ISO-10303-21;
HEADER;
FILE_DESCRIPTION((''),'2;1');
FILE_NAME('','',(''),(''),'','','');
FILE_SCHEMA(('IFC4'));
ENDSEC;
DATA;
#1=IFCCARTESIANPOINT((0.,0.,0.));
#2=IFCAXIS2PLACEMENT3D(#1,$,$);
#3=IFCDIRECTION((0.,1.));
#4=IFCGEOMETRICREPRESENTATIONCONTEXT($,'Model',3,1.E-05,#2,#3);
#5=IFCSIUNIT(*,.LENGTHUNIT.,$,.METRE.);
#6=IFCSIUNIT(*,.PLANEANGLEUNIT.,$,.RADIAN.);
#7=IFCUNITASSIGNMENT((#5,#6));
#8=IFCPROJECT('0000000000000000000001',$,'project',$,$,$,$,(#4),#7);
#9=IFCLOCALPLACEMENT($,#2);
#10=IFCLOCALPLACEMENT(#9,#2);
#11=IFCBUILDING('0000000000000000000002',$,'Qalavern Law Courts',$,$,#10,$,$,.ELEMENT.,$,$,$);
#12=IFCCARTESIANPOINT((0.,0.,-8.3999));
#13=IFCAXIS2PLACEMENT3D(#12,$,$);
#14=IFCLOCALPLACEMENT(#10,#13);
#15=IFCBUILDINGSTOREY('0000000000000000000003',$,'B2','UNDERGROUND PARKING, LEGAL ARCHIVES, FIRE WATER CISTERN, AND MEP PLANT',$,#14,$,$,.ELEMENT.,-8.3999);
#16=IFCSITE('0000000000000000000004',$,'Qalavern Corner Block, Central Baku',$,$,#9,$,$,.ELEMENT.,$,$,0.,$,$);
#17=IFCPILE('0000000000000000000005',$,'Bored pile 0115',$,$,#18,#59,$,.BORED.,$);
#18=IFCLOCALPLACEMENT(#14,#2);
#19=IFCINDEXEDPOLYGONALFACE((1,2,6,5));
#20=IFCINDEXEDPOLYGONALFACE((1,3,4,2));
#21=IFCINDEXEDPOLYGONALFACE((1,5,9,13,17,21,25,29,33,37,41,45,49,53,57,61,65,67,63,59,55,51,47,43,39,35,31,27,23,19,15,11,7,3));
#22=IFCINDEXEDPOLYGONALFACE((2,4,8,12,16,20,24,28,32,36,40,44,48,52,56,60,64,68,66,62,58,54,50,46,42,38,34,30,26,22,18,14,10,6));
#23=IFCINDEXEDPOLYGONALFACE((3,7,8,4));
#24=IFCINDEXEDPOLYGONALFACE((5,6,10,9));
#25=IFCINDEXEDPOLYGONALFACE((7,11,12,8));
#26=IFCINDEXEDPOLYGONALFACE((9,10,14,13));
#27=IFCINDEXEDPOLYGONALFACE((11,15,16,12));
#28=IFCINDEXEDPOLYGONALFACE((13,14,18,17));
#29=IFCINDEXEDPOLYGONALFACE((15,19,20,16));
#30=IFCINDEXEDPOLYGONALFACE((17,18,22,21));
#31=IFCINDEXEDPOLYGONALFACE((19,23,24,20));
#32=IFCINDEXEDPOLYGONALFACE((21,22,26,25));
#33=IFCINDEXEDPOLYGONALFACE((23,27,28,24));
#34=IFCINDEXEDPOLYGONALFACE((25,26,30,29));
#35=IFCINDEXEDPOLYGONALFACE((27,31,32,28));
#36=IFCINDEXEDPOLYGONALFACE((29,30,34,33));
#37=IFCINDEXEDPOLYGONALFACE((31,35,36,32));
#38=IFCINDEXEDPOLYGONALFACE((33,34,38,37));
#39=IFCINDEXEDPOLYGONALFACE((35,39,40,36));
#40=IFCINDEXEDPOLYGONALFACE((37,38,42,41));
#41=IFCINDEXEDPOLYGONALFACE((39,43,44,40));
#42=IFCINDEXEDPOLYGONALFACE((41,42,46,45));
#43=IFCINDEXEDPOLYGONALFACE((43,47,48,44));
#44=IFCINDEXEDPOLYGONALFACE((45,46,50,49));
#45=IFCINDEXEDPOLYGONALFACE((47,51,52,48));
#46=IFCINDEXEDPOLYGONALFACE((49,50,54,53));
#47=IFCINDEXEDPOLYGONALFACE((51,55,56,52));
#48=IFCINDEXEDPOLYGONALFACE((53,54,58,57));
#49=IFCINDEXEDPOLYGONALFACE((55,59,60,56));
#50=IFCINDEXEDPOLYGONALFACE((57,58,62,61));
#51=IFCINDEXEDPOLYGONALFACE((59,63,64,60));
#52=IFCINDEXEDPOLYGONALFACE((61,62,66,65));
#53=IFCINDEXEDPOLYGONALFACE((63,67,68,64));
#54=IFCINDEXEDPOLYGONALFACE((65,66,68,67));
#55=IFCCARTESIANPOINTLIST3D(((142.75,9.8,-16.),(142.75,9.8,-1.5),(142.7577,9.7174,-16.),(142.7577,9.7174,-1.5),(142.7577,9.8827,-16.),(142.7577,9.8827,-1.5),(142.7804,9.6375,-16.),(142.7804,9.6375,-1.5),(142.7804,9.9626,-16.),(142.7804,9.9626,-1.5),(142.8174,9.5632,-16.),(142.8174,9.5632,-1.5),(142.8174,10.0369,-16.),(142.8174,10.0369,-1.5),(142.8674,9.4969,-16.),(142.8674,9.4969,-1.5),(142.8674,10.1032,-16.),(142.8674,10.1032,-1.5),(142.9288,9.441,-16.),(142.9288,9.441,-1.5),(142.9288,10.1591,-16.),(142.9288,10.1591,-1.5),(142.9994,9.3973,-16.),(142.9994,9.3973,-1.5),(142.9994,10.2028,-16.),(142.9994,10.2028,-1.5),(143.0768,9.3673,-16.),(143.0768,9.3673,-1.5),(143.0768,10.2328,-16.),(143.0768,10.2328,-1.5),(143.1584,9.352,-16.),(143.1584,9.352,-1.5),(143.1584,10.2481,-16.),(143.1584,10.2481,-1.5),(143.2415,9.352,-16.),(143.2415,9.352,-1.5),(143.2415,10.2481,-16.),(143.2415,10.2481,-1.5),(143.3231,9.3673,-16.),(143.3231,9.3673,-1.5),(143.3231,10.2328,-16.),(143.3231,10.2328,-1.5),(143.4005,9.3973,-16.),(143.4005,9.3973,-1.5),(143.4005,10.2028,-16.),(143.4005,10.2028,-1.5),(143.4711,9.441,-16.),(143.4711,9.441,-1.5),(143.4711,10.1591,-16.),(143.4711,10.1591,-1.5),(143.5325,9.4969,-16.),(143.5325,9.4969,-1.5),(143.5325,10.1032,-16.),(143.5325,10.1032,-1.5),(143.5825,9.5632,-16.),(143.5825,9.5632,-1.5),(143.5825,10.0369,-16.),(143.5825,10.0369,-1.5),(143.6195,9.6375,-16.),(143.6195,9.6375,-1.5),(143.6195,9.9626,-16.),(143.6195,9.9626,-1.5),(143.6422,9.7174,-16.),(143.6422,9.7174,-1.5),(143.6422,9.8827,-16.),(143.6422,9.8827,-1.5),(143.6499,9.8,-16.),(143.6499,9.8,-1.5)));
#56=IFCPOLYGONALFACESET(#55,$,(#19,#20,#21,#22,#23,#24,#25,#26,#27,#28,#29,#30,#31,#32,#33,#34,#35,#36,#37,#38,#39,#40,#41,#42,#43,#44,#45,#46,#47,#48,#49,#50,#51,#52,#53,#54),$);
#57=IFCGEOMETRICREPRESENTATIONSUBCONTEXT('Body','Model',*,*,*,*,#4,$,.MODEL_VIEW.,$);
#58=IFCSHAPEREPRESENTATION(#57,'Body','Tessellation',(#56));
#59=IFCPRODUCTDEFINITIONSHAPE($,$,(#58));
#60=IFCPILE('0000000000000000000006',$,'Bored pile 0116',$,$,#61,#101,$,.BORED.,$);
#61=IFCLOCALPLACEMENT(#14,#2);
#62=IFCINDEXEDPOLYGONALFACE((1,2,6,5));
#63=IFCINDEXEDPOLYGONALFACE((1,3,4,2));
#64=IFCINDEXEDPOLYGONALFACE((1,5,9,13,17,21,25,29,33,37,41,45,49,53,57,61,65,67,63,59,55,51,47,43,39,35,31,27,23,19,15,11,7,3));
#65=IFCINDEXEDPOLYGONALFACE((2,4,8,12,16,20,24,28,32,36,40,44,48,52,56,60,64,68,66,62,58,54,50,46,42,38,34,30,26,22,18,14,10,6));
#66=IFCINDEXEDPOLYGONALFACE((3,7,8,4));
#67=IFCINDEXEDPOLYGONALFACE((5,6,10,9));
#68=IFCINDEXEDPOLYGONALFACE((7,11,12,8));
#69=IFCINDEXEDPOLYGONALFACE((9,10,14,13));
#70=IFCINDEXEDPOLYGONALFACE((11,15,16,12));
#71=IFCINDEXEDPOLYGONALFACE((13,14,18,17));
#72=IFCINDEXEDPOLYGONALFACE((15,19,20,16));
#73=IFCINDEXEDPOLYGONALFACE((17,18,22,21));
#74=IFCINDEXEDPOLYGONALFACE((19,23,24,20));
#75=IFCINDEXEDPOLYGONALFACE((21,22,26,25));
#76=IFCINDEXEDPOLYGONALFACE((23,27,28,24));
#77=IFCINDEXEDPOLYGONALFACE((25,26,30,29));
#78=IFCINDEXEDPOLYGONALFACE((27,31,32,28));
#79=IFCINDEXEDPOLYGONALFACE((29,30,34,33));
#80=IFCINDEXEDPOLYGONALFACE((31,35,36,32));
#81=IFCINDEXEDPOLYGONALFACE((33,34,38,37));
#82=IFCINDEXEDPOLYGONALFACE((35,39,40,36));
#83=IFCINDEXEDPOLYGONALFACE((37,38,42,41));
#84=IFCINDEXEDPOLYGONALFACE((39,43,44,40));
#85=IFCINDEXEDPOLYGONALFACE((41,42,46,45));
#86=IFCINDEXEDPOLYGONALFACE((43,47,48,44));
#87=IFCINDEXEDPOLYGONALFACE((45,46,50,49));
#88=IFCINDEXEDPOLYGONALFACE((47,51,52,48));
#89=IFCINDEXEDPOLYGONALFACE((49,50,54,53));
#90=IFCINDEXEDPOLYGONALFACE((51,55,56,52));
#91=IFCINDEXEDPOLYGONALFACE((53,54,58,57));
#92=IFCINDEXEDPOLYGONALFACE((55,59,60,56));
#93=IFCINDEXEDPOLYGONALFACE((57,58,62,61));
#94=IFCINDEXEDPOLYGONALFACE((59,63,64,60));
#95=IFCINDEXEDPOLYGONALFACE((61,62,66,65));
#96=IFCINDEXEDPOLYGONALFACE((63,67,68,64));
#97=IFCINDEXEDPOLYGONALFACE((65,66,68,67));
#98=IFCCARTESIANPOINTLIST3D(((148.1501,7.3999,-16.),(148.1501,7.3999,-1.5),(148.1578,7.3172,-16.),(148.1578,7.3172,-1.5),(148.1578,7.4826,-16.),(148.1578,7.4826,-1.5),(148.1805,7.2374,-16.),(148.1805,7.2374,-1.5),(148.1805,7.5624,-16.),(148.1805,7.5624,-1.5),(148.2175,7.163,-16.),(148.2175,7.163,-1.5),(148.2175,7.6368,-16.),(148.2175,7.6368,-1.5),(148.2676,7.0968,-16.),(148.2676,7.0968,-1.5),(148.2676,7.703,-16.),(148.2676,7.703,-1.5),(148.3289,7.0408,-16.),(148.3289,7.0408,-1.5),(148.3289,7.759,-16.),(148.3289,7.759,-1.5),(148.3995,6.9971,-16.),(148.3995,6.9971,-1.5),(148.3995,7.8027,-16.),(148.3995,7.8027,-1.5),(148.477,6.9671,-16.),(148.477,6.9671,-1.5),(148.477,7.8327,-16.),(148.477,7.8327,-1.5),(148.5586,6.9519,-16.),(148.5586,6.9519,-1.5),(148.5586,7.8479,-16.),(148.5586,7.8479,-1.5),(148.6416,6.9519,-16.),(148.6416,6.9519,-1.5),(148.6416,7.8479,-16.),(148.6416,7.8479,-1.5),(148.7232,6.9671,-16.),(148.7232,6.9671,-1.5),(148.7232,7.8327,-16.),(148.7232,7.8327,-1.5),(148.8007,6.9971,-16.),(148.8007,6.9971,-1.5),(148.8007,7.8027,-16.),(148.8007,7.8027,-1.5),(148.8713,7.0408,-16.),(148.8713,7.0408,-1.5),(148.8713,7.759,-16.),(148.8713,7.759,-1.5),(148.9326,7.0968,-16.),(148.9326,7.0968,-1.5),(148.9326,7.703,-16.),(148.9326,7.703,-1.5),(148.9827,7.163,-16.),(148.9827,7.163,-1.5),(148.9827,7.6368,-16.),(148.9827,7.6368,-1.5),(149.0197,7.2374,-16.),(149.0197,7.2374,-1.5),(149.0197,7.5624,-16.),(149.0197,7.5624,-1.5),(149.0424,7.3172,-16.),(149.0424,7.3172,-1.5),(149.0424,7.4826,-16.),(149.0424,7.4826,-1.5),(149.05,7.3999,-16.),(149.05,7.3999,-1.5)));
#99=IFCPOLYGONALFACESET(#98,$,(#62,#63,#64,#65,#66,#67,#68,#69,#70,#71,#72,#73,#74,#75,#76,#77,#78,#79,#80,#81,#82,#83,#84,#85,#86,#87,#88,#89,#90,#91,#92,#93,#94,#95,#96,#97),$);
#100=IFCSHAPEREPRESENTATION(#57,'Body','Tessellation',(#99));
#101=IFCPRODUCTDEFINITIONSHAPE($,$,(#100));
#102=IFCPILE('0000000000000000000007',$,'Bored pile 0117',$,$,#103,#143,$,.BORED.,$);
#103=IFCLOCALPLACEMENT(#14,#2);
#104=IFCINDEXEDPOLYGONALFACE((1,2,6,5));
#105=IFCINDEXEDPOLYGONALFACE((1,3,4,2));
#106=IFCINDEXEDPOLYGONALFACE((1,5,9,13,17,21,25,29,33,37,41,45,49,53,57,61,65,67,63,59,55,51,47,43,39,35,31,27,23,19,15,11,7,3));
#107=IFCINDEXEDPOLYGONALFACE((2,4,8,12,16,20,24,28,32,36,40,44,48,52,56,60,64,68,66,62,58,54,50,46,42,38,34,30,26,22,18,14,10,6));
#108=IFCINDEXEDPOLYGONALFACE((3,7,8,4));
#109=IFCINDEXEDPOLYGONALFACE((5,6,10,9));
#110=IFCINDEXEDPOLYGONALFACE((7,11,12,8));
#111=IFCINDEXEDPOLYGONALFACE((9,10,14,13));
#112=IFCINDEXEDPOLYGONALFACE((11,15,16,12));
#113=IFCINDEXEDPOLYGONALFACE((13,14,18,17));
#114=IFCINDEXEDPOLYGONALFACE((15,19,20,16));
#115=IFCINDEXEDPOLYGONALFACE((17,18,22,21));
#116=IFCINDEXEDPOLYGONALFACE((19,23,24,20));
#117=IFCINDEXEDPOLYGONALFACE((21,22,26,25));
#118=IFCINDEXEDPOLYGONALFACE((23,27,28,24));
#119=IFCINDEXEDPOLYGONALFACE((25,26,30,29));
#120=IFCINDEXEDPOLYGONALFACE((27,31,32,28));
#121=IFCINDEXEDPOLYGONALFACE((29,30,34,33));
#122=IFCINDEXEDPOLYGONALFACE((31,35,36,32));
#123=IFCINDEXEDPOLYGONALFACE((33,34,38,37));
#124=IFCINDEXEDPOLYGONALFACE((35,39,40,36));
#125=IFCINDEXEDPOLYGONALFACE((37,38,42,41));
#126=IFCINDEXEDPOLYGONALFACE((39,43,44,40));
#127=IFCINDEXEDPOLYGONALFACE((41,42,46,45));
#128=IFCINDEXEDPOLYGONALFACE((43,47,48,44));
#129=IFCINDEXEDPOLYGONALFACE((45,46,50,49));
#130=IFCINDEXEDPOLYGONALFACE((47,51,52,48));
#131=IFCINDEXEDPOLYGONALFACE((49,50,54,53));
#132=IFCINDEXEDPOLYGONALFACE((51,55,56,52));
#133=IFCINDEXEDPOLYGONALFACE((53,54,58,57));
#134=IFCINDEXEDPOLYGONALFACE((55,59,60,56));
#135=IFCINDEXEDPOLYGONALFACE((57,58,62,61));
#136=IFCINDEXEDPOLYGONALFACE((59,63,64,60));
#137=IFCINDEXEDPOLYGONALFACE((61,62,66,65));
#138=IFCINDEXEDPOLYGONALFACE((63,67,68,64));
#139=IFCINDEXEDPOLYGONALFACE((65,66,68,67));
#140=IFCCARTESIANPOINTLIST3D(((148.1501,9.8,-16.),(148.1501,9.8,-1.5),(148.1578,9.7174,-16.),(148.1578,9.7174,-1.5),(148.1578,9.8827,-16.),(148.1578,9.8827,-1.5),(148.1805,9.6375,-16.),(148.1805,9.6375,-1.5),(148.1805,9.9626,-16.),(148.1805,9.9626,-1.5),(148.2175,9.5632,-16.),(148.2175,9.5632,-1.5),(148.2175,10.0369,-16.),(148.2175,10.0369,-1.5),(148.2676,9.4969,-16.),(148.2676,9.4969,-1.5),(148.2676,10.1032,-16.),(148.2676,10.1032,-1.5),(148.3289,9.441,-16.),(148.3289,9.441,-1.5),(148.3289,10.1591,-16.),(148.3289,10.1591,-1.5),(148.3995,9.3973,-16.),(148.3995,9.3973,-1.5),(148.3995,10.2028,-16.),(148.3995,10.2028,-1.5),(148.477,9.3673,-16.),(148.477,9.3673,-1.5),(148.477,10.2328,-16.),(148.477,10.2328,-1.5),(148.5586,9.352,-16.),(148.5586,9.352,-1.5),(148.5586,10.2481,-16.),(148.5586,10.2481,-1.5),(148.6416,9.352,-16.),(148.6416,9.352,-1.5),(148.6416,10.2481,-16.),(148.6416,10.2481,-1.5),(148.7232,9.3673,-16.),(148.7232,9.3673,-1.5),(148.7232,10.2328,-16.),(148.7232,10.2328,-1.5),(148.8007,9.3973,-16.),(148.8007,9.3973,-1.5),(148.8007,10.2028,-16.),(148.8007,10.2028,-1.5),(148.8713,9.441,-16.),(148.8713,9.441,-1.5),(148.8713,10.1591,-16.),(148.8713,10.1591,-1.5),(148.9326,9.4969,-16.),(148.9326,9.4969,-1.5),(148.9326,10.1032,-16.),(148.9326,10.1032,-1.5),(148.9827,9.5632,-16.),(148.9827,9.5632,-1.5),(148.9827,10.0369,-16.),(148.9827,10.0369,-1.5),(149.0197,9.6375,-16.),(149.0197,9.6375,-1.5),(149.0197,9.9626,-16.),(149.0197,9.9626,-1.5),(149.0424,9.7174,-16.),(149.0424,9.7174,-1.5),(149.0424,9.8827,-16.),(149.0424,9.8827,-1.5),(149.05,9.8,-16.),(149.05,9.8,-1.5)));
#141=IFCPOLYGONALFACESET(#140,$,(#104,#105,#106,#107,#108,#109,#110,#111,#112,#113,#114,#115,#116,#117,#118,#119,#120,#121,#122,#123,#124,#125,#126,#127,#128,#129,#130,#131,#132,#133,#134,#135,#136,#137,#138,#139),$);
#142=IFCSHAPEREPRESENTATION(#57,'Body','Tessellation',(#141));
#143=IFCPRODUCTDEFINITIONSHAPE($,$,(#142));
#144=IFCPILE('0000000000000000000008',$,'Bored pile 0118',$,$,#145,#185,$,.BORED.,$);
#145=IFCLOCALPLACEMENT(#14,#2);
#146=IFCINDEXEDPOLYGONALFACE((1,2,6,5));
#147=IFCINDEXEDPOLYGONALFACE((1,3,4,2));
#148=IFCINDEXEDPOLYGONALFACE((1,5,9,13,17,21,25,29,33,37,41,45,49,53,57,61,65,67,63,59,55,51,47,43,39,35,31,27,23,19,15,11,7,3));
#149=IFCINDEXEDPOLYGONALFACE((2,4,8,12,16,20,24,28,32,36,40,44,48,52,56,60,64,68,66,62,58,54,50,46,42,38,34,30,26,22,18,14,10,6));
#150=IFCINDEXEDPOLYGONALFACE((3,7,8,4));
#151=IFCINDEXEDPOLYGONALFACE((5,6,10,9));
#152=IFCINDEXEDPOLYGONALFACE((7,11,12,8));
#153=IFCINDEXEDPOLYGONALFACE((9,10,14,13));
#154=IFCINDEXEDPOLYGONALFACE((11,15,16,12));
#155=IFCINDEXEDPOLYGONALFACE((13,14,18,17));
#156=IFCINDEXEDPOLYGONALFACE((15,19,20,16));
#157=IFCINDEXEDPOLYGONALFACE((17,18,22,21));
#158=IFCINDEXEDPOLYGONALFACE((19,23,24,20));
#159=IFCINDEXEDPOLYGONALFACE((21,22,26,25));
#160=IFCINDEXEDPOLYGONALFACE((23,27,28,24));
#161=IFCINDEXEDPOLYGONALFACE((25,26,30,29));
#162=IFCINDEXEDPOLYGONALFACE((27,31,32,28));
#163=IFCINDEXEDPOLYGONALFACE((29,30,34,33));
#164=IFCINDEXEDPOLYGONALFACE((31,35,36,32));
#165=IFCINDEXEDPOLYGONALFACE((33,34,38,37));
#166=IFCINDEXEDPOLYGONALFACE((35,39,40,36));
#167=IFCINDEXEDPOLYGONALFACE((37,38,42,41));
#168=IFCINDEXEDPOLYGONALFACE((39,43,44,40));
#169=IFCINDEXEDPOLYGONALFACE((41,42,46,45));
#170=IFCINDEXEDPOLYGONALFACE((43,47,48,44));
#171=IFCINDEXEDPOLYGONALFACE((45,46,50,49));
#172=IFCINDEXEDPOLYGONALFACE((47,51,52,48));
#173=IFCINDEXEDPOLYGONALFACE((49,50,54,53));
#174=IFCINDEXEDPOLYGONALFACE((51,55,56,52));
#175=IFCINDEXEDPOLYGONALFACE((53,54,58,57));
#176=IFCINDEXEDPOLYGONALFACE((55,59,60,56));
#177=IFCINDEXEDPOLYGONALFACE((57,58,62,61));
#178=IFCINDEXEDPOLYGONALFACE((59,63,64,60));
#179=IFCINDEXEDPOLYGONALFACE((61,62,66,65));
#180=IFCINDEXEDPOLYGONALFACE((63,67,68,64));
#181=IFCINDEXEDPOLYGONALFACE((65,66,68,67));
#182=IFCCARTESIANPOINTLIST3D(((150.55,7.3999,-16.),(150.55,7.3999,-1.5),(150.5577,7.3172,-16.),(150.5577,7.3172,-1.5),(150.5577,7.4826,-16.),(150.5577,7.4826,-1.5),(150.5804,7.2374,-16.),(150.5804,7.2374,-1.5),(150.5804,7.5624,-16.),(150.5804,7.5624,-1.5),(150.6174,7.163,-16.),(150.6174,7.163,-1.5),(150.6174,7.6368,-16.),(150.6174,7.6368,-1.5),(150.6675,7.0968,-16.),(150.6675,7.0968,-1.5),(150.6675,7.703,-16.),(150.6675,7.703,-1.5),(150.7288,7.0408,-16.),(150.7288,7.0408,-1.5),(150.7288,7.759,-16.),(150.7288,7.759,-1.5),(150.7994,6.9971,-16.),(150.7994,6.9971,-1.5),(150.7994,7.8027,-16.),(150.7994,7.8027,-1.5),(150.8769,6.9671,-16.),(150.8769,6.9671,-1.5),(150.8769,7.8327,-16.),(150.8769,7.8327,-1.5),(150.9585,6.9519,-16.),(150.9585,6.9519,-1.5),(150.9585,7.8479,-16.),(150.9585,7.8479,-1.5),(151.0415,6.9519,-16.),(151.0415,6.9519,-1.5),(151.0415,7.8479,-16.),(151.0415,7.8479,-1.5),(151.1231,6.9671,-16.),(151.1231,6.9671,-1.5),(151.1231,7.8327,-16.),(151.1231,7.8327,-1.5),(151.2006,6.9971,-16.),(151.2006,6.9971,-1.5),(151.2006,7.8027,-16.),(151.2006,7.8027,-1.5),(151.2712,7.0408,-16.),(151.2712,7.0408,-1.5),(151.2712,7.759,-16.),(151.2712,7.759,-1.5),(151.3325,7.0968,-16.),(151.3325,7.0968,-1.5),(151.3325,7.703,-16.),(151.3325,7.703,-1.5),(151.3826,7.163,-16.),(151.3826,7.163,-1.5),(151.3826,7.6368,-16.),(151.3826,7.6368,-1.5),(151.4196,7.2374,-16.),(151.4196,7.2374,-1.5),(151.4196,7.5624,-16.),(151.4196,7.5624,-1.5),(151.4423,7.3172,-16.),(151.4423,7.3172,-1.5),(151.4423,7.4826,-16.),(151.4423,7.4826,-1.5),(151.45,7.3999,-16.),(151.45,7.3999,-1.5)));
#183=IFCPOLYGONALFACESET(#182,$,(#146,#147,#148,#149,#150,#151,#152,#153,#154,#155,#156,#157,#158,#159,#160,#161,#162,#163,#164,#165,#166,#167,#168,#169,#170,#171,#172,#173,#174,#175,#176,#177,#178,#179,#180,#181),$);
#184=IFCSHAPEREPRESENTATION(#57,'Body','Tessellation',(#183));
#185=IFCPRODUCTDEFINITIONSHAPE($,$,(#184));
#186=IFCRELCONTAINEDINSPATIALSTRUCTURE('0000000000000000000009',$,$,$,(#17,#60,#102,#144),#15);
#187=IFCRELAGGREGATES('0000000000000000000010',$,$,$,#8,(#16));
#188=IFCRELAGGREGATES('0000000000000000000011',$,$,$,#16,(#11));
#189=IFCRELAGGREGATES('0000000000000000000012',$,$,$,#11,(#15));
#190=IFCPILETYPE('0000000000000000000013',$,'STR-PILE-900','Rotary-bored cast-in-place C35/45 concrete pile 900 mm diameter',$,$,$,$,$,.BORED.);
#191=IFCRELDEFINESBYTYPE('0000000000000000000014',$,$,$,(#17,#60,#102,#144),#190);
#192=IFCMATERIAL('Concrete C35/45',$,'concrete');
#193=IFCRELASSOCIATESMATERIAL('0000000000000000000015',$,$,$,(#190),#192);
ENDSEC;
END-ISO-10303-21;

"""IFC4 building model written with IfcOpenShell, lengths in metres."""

from ifc_helpers import new_model, si_unit, direction, frame, origin, origin_2d, place, context, subcontext, project, spatial, circle, extrude, material, material_profile, profile_set, type_object, element, save


model = new_model("IFC4")

# Units and contexts
model_context = context("Model", 3, precision=1e-05, world=origin(), true_north=direction((0.0, 1.0)))
body_context = subcontext(model_context, "Body", "Model", "MODEL_VIEW")
ifc_project = project(units=[si_unit("LENGTHUNIT", "METRE"), si_unit("PLANEANGLEUNIT", "RADIAN")], contexts=[model_context])

# Site, building, storey
site_placement = place(None, origin())
site = spatial("IfcSite", under=ifc_project, at=site_placement, Name="Qalavern Corner Block, Central Baku", CompositionType="ELEMENT", RefElevation=0.0)
building_placement = place(site_placement, origin())
building = spatial("IfcBuilding", under=site, at=building_placement, Name="Qalavern Law Courts", CompositionType="ELEMENT")
storey_placement = place(building_placement, frame((0.0, 0.0, -8.3999)))
storey = spatial("IfcBuildingStorey", under=building, at=storey_placement, Name="B2", Description="UNDERGROUND PARKING, LEGAL ARCHIVES, FIRE WATER CISTERN, AND MEP PLANT", CompositionType="ELEMENT", Elevation=-8.3999)

# Shared definitions
ifc_material_1 = material(Name="Concrete C35/45", Category="concrete")

# Piles
ifc_material_profile_1 = material_profile(ifc_material_1, circle(Radius=0.45, at=origin_2d()), Name="BORED PILE 900")
ifc_profile_set_1 = profile_set([ifc_material_profile_1], Name="Concrete C35/45")
pile_type_1 = type_object("IfcPileType", Name="STR-PILE-900", Description="Rotary-bored cast-in-place C35/45 concrete pile 900 mm diameter", PredefinedType="BORED", material=ifc_profile_set_1)
for number, where, z_axis, x_axis, name in (
    (1, (143.2, 9.8, -1.5), (0.0, 0.0, -1.0), (1.0, 0.0, 0.0), "Bored pile 0115"),
    (2, (148.6001, 7.3999, -1.5), (0.0, 0.0, -1.0), (1.0, 0.0, 0.0), "Bored pile 0116"),
    (3, (148.6001, 9.8, -1.5), (0.0, 0.0, -1.0), (1.0, 0.0, 0.0), "Bored pile 0117"),
    (4, (151.0, 7.3999, -1.5), (0.0, 0.0, -1.0), (1.0, 0.0, 0.0), "Bored pile 0118"),
):
    element("IfcPile", number, at=place(storey_placement, frame(where, z_axis=z_axis, x_axis=x_axis)), inside=storey, type_object=pile_type_1, Name=name, PredefinedType="BORED", context=body_context, shape_type="SweptSolid", body=[
        extrude(circle(Radius=0.45, at=origin_2d()), origin(), (0.0, 0.0, 1.0), 14.5),
    ])

save(model, "model.ifc")
